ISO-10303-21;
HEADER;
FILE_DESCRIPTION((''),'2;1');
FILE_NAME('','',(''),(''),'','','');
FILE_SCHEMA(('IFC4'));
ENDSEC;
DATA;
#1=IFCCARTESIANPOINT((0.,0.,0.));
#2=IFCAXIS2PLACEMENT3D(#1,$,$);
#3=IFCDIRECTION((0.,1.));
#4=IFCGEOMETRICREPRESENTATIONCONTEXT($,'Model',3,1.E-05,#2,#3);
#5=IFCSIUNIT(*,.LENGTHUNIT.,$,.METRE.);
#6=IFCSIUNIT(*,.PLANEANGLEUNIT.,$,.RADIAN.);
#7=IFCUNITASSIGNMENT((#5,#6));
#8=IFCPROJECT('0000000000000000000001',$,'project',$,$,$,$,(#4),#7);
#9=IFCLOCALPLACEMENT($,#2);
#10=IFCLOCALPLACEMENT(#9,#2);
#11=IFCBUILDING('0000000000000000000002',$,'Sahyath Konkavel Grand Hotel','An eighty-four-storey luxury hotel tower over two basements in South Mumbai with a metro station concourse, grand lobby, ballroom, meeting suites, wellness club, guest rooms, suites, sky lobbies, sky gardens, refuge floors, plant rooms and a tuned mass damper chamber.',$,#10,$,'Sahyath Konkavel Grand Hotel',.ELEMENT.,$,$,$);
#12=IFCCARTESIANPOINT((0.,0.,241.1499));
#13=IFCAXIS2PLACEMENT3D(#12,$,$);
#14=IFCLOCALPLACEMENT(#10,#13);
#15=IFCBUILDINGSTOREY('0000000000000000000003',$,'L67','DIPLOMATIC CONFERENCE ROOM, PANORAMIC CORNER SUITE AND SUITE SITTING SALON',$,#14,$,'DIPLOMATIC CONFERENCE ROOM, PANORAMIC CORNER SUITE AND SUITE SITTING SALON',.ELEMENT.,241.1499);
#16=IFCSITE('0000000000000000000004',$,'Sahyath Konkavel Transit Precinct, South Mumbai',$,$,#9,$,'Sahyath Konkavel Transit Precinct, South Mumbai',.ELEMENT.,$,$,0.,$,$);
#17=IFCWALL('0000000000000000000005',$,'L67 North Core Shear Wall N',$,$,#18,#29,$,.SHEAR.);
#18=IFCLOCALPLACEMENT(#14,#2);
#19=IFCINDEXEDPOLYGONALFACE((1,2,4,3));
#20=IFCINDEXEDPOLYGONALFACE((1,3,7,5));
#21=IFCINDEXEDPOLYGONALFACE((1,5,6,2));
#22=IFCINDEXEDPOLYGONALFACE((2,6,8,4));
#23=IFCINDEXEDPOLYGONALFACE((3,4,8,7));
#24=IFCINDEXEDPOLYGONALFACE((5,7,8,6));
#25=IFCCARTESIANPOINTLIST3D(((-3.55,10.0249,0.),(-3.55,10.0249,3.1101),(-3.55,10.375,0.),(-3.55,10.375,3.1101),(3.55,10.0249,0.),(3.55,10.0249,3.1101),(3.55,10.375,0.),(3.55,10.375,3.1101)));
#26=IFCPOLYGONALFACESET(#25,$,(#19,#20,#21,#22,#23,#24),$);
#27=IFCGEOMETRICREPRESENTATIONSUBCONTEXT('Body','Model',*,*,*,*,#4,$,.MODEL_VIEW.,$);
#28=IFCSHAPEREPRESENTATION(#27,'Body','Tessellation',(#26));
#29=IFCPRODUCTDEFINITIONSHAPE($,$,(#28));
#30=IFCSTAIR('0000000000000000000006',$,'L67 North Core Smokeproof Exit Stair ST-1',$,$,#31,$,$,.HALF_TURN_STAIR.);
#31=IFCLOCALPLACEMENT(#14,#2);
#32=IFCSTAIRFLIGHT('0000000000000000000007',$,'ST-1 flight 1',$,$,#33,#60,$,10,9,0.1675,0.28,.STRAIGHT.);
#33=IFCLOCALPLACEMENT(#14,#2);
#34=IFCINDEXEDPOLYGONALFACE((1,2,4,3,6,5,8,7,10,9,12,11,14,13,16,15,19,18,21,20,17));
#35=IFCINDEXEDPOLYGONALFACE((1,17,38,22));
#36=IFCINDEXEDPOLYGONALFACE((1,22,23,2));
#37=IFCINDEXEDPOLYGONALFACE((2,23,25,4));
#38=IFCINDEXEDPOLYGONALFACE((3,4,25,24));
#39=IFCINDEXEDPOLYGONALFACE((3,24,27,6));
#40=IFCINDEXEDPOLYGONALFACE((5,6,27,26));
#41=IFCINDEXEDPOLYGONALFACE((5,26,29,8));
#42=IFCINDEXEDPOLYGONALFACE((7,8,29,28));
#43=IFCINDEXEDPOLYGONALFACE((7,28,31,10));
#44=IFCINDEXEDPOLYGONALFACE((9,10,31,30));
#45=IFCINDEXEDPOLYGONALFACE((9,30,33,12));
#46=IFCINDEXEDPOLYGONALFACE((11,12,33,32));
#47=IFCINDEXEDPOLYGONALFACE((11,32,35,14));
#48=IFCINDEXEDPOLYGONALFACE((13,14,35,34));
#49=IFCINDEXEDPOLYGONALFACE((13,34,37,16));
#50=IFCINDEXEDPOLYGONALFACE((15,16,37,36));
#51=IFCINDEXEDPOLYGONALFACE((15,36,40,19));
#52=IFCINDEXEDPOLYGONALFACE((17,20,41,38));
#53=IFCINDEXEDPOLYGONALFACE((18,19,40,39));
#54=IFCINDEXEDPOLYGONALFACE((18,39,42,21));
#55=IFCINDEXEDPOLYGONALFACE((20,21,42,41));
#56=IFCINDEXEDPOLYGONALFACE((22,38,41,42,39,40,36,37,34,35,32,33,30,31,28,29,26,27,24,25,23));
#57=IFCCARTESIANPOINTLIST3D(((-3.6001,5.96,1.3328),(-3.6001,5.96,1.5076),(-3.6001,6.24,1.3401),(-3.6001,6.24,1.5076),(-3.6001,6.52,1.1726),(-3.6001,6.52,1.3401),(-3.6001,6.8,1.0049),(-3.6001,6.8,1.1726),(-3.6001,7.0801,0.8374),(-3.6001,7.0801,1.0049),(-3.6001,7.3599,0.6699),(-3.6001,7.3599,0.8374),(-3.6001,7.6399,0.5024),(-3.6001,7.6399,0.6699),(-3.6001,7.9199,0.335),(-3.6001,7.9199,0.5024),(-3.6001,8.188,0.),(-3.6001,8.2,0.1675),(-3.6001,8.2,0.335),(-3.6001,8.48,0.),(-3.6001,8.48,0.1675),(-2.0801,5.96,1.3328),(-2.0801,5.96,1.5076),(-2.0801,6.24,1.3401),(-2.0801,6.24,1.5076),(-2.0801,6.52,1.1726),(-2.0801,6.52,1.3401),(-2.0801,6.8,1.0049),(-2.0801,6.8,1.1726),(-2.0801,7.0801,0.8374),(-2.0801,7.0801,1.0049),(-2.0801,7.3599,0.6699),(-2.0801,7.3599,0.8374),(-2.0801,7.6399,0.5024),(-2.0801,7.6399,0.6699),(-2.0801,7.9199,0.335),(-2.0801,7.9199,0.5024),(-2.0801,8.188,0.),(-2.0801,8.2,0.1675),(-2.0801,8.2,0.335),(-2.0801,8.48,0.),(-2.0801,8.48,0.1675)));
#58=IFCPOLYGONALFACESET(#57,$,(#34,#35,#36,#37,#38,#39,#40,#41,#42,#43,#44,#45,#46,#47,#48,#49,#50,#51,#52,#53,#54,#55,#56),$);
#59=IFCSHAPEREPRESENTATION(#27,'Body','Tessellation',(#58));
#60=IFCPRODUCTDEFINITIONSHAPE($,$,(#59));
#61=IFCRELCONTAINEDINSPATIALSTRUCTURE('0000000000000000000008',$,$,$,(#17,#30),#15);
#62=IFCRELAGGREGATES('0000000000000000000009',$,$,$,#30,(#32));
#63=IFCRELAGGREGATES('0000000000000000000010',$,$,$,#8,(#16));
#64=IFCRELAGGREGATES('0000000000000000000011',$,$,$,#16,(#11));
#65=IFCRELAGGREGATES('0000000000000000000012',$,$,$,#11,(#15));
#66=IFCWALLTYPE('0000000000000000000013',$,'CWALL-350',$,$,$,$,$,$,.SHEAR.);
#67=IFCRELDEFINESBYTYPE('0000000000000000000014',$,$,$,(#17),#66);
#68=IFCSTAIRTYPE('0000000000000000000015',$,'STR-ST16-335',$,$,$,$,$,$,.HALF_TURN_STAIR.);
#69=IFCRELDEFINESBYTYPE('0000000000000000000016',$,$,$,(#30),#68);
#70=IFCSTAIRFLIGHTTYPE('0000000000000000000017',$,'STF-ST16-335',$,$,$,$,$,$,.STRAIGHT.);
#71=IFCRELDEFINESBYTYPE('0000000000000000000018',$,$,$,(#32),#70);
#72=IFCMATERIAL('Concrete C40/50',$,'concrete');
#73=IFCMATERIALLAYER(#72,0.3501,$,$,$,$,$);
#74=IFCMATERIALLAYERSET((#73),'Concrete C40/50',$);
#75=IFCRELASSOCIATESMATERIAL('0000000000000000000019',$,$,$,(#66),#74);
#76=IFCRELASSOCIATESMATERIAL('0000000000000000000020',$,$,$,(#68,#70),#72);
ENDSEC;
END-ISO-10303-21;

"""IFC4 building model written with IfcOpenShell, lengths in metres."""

from ifc_helpers import new_model, si_unit, direction, frame, frame_2d, origin, place, context, subcontext, project, spatial, polyline, rectangle, outline, extrude, material, layer, layer_set, type_object, element, aggregate, save


model = new_model("IFC4")

# Units and contexts
model_context = context("Model", 3, precision=1e-05, world=origin(), true_north=direction((0.0, 1.0)))
body_context = subcontext(model_context, "Body", "Model", "MODEL_VIEW")
ifc_project = project(units=[si_unit("LENGTHUNIT", "METRE"), si_unit("PLANEANGLEUNIT", "RADIAN")], contexts=[model_context])

# Site, building, storey
site_placement = place(None, origin())
site = spatial("IfcSite", under=ifc_project, at=site_placement, Name="Sahyath Konkavel Transit Precinct, South Mumbai", LongName="Sahyath Konkavel Transit Precinct, South Mumbai", CompositionType="ELEMENT", RefElevation=0.0)
building_placement = place(site_placement, origin())
building = spatial("IfcBuilding", under=site, at=building_placement, Name="Sahyath Konkavel Grand Hotel", Description="An eighty-four-storey luxury hotel tower over two basements in South Mumbai with a metro station concourse, grand lobby, ballroom, meeting suites, wellness club, guest rooms, suites, sky lobbies, sky gardens, refuge floors, plant rooms and a tuned mass damper chamber.", LongName="Sahyath Konkavel Grand Hotel", CompositionType="ELEMENT")
storey_placement = place(building_placement, frame((0.0, 0.0, 241.1499)))
storey = spatial("IfcBuildingStorey", under=building, at=storey_placement, Name="L67", Description="DIPLOMATIC CONFERENCE ROOM, PANORAMIC CORNER SUITE AND SUITE SITTING SALON", LongName="DIPLOMATIC CONFERENCE ROOM, PANORAMIC CORNER SUITE AND SUITE SITTING SALON", CompositionType="ELEMENT", Elevation=241.1499)

# Wall
ifc_material_1 = material(Name="Concrete C40/50", Category="concrete")
ifc_layer_1 = layer(ifc_material_1, 0.3501)
ifc_layer_set_1 = layer_set([ifc_layer_1], Name="Concrete C40/50")
wall_type = type_object("IfcWallType", Name="CWALL-350", PredefinedType="SHEAR", material=ifc_layer_set_1)
wall_placement = place(storey_placement, frame((-3.55, 10.2, 0.0), z_axis=(0.0, 0.0, 1.0), x_axis=(1.0, 0.0, 0.0)))
element("IfcWall", 1, at=wall_placement, inside=storey, type_object=wall_type, Name="L67 North Core Shear Wall N", PredefinedType="SHEAR", context=body_context, shape_type="SweptSolid", body=[
    extrude(rectangle(XDim=7.1001, YDim=0.3501, at=frame_2d((3.55, 0.0))), origin(), (0.0, 0.0, 1.0), 3.1101),
])

# Stair, stair flight
stair_type = type_object("IfcStairType", Name="STR-ST16-335", PredefinedType="HALF_TURN_STAIR", material=ifc_material_1)
stair_placement = place(storey_placement, origin())
stair = element("IfcStair", 2, at=stair_placement, inside=storey, type_object=stair_type, Name="L67 North Core Smokeproof Exit Stair ST-1", PredefinedType="HALF_TURN_STAIR")
stair_flight_type = type_object("IfcStairFlightType", Name="STF-ST16-335", PredefinedType="STRAIGHT", material=ifc_material_1)
stair_flight_placement = place(storey_placement, frame((-2.8401, 8.48, 0.0), z_axis=(0.0, 0.0, 1.0), x_axis=(0.0, -1.0, 0.0)))
stair_flight = element("IfcStairFlight", 3, at=stair_flight_placement, type_object=stair_flight_type, Name="ST-1 flight 1", NumberOfRisers=10, NumberOfTreads=9, PredefinedType="STRAIGHT", RiserHeight=0.1675, TreadLength=0.28, context=body_context, shape_type="SweptSolid", body=[
    extrude(outline(polyline([(0.0, 0.0), (0.0, 0.1675), (0.28, 0.1675), (0.28, 0.335), (0.5601, 0.335), (0.5601, 0.5024), (0.8401, 0.5024), (0.8401, 0.6699), (1.1201, 0.6699), (1.1201, 0.8374), (1.3999, 0.8374), (1.3999, 1.0049), (1.6799, 1.0049), (1.6799, 1.1726), (1.96, 1.1726), (1.96, 1.3401), (2.24, 1.3401), (2.24, 1.5076), (2.52, 1.5076), (2.52, 1.675), (2.52, 1.3328), (0.292, 0.0), (0.0, 0.0)])), frame((0.0, 0.76, 0.0), z_axis=(0.0, -1.0, 0.0), x_axis=(1.0, 0.0, 0.0)), (0.0, 0.0, 1.0), 1.52),
])
aggregate(stair, [stair_flight])

save(model, "model.ifc")
